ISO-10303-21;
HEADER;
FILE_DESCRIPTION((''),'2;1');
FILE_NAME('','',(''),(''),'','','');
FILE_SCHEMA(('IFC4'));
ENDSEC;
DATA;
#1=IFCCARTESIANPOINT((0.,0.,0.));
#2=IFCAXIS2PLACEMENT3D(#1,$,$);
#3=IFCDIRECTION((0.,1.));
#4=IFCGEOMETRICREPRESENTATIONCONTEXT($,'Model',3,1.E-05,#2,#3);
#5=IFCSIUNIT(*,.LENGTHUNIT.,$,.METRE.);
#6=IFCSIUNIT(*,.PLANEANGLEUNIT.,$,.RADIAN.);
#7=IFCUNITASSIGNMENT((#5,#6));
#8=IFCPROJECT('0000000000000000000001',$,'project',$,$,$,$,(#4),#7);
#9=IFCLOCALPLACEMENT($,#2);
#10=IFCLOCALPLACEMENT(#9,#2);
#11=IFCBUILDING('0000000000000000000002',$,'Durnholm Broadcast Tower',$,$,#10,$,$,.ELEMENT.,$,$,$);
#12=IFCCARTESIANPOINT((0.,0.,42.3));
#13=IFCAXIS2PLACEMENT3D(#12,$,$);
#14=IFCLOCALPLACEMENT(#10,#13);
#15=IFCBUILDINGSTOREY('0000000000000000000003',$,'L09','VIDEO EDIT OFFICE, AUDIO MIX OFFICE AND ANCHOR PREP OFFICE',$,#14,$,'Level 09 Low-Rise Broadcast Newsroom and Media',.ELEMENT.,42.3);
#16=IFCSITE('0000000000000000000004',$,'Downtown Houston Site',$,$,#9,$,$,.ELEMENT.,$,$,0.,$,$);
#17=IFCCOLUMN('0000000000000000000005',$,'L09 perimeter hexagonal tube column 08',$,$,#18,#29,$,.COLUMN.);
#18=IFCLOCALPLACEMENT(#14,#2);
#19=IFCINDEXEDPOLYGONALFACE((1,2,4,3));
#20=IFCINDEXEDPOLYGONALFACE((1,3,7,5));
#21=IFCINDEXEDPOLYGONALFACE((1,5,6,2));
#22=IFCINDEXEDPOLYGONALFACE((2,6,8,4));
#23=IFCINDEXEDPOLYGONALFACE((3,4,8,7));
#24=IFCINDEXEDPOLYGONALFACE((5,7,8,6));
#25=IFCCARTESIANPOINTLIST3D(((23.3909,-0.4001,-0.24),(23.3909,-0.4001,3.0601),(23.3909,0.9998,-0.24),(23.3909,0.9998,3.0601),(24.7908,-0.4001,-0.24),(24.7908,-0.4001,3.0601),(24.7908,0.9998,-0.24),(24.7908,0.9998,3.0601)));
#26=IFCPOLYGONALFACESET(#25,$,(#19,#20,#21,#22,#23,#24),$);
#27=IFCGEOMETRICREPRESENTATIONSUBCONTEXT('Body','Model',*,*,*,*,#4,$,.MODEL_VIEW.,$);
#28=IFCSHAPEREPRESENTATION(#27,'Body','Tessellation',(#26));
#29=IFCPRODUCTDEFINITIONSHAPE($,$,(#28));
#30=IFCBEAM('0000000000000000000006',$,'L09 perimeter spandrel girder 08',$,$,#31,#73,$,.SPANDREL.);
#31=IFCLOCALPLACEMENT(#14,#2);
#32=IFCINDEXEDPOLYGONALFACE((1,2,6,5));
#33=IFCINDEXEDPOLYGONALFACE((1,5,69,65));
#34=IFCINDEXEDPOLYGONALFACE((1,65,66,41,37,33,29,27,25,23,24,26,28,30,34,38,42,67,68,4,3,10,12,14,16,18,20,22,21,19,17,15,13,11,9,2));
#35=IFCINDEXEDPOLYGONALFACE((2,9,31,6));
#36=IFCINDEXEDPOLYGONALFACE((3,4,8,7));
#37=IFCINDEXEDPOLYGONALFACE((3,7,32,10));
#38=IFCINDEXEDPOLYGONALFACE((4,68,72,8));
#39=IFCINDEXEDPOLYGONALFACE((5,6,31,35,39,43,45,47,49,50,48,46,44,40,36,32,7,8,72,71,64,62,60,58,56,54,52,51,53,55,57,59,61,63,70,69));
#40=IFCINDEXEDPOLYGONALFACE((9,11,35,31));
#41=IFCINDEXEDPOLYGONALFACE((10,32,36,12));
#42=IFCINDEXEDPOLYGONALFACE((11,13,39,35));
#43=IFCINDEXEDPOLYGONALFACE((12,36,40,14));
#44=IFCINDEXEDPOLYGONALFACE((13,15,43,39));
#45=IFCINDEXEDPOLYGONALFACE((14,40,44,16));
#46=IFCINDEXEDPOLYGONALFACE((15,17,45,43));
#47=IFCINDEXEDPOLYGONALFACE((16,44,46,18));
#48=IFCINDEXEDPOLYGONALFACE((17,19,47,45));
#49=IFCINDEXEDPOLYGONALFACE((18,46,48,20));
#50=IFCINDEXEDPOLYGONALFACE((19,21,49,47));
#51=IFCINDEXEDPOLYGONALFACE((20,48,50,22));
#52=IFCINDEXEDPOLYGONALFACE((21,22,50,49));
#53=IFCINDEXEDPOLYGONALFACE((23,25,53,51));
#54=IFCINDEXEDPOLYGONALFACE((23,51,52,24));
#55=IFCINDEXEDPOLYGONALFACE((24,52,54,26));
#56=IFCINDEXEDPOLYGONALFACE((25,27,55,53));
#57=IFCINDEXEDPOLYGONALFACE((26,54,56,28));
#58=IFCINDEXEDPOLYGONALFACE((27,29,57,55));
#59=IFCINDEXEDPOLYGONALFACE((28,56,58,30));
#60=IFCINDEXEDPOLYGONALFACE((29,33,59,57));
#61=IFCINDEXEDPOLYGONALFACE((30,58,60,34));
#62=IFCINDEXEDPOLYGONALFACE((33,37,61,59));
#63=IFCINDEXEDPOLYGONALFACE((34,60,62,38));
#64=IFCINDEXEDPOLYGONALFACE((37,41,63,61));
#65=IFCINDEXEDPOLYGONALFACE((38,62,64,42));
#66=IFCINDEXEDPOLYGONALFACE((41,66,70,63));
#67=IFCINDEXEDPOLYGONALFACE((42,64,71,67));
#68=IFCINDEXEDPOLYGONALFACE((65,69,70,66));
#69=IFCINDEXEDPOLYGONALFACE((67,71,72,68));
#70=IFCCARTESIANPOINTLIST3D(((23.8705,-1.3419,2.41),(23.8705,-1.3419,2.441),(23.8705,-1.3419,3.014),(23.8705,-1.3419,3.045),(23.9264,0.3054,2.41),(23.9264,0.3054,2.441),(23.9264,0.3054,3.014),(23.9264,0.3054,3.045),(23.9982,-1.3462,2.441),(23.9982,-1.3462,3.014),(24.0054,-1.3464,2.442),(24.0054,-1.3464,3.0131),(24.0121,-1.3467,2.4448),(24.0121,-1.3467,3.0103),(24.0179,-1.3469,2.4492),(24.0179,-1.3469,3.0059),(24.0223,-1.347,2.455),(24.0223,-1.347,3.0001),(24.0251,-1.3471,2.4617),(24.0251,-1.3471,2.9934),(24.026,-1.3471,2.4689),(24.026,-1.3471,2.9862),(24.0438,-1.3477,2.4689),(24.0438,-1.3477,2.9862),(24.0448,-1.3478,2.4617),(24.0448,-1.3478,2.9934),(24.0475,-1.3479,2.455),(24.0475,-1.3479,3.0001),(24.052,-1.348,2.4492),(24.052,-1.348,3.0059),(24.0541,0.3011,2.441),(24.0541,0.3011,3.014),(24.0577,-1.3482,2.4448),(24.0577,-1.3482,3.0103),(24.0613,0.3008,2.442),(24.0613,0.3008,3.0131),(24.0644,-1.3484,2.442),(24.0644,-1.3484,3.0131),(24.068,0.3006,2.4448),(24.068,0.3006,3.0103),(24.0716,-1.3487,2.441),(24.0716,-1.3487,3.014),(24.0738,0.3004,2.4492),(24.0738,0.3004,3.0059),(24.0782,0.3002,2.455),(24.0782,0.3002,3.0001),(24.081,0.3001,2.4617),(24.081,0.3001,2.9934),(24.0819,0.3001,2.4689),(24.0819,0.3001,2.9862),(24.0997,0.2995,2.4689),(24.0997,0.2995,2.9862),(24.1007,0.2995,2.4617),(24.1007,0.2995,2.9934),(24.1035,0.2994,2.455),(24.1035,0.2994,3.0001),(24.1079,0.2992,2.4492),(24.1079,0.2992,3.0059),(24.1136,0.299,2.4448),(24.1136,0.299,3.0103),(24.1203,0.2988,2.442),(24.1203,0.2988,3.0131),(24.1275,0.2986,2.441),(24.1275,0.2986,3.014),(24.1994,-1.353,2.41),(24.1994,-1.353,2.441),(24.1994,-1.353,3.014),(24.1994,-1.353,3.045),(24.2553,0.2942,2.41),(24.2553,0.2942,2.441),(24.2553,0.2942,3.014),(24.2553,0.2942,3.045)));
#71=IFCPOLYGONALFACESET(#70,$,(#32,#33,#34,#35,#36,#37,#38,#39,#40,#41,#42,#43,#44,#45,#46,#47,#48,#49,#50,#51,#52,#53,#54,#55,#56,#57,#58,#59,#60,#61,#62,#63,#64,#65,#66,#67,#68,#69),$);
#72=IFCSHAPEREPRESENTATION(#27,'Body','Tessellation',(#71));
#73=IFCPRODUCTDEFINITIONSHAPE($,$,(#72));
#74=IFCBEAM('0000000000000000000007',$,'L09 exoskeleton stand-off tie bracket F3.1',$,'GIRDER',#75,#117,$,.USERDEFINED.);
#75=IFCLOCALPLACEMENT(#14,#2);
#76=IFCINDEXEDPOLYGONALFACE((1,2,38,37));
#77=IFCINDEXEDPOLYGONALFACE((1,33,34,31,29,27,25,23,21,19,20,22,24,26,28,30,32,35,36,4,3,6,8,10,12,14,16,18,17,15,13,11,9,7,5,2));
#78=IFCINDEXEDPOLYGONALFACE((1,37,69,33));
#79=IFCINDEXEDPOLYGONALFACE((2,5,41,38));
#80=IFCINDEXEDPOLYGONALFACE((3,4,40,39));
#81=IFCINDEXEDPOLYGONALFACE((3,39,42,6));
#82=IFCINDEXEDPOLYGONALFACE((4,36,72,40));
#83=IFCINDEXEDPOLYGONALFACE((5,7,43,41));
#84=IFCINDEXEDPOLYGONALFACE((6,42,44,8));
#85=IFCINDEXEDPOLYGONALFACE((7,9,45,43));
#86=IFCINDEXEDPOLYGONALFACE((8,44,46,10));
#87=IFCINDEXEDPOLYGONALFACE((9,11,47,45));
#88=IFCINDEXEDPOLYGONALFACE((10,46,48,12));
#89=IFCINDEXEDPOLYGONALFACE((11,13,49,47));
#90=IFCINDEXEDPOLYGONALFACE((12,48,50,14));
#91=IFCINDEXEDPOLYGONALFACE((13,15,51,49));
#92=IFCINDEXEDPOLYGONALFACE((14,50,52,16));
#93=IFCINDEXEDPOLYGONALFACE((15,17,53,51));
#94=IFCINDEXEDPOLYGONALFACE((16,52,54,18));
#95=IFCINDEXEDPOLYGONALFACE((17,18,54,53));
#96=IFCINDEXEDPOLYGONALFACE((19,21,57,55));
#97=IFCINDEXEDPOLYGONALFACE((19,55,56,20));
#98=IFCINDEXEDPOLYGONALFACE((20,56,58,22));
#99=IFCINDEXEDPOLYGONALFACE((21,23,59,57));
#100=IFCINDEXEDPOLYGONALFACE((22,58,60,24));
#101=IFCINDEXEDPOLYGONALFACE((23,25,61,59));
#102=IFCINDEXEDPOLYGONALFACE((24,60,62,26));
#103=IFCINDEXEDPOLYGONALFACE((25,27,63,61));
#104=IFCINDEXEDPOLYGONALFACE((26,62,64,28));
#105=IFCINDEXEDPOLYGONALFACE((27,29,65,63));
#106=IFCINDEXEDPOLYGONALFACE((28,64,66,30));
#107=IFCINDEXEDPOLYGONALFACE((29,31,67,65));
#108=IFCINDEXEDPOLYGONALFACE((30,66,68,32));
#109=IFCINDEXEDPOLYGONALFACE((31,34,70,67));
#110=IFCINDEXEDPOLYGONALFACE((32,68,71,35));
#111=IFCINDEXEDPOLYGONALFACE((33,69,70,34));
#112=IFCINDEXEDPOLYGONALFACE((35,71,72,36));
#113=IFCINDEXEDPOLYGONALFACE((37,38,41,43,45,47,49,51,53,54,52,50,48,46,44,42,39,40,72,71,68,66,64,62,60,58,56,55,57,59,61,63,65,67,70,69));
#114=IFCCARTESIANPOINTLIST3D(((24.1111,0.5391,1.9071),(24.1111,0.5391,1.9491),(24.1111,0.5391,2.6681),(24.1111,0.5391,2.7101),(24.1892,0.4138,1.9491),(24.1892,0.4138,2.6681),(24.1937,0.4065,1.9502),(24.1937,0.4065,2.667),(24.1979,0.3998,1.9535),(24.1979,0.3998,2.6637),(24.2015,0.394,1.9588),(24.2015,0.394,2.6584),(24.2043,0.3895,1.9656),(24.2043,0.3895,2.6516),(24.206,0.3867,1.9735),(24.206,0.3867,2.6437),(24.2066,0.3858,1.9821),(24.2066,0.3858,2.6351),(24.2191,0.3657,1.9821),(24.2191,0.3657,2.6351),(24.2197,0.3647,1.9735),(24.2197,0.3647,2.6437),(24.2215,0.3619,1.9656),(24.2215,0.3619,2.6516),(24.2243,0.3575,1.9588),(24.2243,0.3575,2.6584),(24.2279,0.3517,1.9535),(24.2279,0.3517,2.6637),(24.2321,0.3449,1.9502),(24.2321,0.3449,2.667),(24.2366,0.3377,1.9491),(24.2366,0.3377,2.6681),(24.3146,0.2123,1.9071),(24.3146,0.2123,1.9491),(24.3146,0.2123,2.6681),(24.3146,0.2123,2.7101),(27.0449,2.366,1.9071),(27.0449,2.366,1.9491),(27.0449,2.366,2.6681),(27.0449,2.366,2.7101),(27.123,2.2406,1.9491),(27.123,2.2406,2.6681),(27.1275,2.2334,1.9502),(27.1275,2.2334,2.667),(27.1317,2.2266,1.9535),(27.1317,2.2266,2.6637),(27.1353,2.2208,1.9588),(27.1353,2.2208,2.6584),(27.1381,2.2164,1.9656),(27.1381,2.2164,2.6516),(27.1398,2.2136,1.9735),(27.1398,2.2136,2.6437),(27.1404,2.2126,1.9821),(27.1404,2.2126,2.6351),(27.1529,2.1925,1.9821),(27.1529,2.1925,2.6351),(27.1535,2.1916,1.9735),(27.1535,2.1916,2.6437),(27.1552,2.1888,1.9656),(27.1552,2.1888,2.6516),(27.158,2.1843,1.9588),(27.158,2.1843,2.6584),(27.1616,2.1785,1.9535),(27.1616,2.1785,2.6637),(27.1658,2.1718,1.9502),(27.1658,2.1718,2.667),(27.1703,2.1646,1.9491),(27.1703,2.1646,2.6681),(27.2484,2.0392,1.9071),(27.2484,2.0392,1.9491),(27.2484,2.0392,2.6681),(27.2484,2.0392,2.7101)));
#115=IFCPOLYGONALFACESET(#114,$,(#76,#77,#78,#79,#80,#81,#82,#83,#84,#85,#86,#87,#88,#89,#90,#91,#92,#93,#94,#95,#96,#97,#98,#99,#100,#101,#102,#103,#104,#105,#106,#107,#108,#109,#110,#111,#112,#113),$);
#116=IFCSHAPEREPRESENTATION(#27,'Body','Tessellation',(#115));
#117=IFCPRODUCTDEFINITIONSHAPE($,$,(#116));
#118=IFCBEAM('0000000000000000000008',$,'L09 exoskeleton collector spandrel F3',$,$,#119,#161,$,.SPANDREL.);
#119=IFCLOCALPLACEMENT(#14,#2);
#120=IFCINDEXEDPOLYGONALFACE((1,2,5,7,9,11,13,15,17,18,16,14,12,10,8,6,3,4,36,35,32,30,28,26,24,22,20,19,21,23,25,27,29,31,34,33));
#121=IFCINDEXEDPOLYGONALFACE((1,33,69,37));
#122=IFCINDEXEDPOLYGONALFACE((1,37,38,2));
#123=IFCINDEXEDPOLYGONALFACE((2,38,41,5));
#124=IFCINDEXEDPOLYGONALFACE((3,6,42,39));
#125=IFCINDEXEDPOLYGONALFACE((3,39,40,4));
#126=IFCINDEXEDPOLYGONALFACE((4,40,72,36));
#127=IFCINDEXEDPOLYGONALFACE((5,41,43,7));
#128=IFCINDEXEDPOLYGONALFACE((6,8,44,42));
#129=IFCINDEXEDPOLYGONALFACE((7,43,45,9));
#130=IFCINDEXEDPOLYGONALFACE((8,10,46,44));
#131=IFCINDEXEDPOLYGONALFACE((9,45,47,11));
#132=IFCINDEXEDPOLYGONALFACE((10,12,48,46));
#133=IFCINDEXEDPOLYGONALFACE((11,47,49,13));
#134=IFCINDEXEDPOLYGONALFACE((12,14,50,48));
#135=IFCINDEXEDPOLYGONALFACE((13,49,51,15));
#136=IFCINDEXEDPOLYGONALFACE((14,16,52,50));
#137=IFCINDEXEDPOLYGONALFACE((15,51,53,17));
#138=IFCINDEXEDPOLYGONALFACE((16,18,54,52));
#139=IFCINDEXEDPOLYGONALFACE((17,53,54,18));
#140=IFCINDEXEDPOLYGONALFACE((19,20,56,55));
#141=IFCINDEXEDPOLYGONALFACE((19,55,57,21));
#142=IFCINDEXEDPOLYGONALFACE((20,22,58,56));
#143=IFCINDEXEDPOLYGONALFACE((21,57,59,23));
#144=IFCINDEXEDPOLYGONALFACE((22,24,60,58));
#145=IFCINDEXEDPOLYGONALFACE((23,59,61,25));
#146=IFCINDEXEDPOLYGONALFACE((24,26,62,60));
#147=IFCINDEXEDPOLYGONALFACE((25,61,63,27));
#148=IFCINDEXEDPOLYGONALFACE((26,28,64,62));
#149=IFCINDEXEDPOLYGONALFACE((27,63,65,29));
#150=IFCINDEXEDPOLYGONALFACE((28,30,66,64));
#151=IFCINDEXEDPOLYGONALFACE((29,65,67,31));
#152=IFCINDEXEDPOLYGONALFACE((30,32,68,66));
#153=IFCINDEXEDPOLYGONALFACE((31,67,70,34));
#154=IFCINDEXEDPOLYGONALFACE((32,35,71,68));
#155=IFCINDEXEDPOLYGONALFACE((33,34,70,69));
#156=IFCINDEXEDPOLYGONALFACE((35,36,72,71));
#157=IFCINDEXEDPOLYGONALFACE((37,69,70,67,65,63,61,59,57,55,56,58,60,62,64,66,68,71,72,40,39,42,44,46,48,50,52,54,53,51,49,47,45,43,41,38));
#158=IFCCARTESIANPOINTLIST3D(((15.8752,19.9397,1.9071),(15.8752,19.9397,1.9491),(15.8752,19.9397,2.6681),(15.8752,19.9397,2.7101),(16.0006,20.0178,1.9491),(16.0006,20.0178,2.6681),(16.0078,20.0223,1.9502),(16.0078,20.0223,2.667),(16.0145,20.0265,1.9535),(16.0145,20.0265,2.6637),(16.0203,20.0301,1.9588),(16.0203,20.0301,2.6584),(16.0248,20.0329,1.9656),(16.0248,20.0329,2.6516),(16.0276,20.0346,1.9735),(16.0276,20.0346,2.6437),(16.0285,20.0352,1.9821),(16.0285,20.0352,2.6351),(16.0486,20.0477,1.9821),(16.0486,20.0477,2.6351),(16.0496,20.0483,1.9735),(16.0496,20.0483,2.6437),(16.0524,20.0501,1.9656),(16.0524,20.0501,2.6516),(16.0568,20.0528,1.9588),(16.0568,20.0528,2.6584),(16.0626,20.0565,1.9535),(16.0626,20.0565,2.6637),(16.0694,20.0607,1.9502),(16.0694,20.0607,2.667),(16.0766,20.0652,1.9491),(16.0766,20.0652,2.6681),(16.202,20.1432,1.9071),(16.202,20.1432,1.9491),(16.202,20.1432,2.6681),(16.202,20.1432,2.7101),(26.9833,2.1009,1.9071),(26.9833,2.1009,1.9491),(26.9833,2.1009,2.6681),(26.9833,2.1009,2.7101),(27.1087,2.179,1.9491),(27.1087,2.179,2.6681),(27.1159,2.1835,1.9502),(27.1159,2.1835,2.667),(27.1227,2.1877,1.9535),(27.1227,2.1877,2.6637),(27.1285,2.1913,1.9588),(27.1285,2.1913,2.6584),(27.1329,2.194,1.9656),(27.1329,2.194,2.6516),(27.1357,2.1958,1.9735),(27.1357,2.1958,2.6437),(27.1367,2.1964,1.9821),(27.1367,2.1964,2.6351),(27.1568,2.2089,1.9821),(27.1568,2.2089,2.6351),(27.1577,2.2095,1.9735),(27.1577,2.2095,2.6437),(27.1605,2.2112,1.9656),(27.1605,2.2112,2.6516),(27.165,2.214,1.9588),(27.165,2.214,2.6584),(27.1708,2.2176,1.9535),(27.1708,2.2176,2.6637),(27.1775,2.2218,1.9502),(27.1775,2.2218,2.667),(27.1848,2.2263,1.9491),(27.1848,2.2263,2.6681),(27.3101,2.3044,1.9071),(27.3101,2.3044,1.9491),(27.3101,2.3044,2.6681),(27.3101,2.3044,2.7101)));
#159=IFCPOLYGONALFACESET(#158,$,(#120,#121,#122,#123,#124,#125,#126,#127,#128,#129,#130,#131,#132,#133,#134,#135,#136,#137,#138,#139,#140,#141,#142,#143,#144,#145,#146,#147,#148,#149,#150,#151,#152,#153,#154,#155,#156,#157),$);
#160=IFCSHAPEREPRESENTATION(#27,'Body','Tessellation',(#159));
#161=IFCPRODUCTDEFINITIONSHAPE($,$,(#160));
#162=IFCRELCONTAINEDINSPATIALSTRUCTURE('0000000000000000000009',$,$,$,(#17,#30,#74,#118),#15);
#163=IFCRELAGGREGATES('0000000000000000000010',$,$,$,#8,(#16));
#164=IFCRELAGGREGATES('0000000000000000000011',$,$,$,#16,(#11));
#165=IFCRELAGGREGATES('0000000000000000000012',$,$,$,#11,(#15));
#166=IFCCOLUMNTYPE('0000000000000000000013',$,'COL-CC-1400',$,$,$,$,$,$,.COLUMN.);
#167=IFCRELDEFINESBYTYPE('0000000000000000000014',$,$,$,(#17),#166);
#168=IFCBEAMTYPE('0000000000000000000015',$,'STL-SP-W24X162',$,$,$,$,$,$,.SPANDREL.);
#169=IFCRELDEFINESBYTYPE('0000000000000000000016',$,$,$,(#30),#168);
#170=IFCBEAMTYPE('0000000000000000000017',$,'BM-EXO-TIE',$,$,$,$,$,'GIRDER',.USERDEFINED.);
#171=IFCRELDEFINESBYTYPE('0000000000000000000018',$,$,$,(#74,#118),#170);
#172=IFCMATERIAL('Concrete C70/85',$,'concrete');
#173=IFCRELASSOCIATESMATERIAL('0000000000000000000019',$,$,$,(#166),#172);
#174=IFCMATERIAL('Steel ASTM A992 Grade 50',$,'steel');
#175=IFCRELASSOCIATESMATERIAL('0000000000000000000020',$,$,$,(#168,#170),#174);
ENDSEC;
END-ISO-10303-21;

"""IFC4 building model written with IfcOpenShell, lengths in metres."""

from ifc_helpers import new_model, si_unit, direction, frame, origin, origin_2d, place, context, subcontext, project, spatial, rectangle, i_section, extrude, source, transform, mapped, material, material_profile, profile_set, type_object, type_shapes, element, save


model = new_model("IFC4")

# Units and contexts
model_context = context("Model", 3, precision=1e-05, world=origin(), true_north=direction((0.0, 1.0)))
body_context = subcontext(model_context, "Body", "Model", "MODEL_VIEW")
ifc_project = project(units=[si_unit("LENGTHUNIT", "METRE"), si_unit("PLANEANGLEUNIT", "RADIAN")], contexts=[model_context])

# Site, building, storey
site_placement = place(None, origin())
site = spatial("IfcSite", under=ifc_project, at=site_placement, Name="Downtown Houston Site", CompositionType="ELEMENT", RefElevation=0.0)
building_placement = place(site_placement, origin())
building = spatial("IfcBuilding", under=site, at=building_placement, Name="Durnholm Broadcast Tower", CompositionType="ELEMENT")
storey_placement = place(building_placement, frame((0.0, 0.0, 42.3)))
storey = spatial("IfcBuildingStorey", under=building, at=storey_placement, Name="L09", Description="VIDEO EDIT OFFICE, AUDIO MIX OFFICE AND ANCHOR PREP OFFICE", LongName="Level 09 Low-Rise Broadcast Newsroom and Media", CompositionType="ELEMENT", Elevation=42.3)

# Column
ifc_material_1 = material(Name="Concrete C70/85", Category="concrete")
ifc_material_profile_1 = material_profile(ifc_material_1, rectangle(XDim=1.3999, YDim=1.3999, at=origin_2d()), Name="RC1400X1400")
ifc_profile_set_1 = profile_set([ifc_material_profile_1], Name="Concrete C70/85")
column_type = type_object("IfcColumnType", Name="COL-CC-1400", PredefinedType="COLUMN", material=ifc_profile_set_1)
shared_shape_1 = source(origin(), body_context, "Body", "SweptSolid", [
    extrude(rectangle(XDim=1.3999, YDim=1.3999, at=origin_2d()), origin(), (0.0, 0.0, 1.0), 3.3),
])
type_shapes(column_type, [shared_shape_1])
column_placement = place(storey_placement, frame((24.0908, 0.2998, -0.24), z_axis=(0.0, 0.0, 1.0), x_axis=(1.0, 0.0, 0.0)))
element("IfcColumn", 1, at=column_placement, inside=storey, type_object=column_type, Name="L09 perimeter hexagonal tube column 08", PredefinedType="COLUMN", context=body_context, shape_type="MappedRepresentation", body=[
    mapped(shared_shape_1, transform((0.0, 0.0, 0.0), x_axis=(1.0, 0.0, 0.0), y_axis=(0.0, 1.0, 0.0), z_axis=(0.0, 0.0, 1.0), scale=1.0)),
])

# Beams
ifc_material_2 = material(Name="Steel ASTM A992 Grade 50", Category="steel")
ifc_material_profile_2 = material_profile(ifc_material_2, i_section(OverallWidth=0.3291, OverallDepth=0.635, WebThickness=0.0178, FlangeThickness=0.031, FilletRadius=0.0278, at=origin_2d()), Name="W24X162")
ifc_profile_set_2 = profile_set([ifc_material_profile_2], Name="Steel ASTM A992 Grade 50")
beam_type_1 = type_object("IfcBeamType", Name="STL-SP-W24X162", PredefinedType="SPANDREL", material=ifc_profile_set_2)
shared_shape_2 = source(origin(), body_context, "Body", "SweptSolid", [
    extrude(i_section(OverallWidth=0.3291, OverallDepth=0.635, WebThickness=0.0178, FlangeThickness=0.031, FilletRadius=0.0278, at=origin_2d()), origin(), (0.0, 0.0, 1.0), 1.6482),
])
type_shapes(beam_type_1, [shared_shape_2])
beam_1_placement = place(storey_placement, frame((24.0908, 0.2998, 2.7275), z_axis=(-0.033921, -0.999425, 0.0), x_axis=(0.999425, -0.033921, 0.0)))
element("IfcBeam", 2, at=beam_1_placement, inside=storey, type_object=beam_type_1, Name="L09 perimeter spandrel girder 08", PredefinedType="SPANDREL", context=body_context, shape_type="MappedRepresentation", body=[
    mapped(shared_shape_2, transform((0.0, 0.0, 0.0), x_axis=(1.0, 0.0, 0.0), y_axis=(0.0, 1.0, 0.0), z_axis=(0.0, 0.0, 1.0), scale=1.0)),
])
ifc_material_profile_3 = material_profile(ifc_material_2, i_section(OverallWidth=0.385, OverallDepth=0.803, WebThickness=0.0237, FlangeThickness=0.042, FilletRadius=0.033, at=origin_2d()), Name="W30X261")
ifc_profile_set_3 = profile_set([ifc_material_profile_3], Name="Steel ASTM A992 Grade 50")
beam_type_2 = type_object("IfcBeamType", Name="BM-EXO-TIE", ElementType="GIRDER", PredefinedType="USERDEFINED", material=ifc_profile_set_3)
shared_shape_3 = source(origin(), body_context, "Body", "SweptSolid", [
    extrude(i_section(OverallWidth=0.385, OverallDepth=0.803, WebThickness=0.0237, FlangeThickness=0.042, FilletRadius=0.033, at=origin_2d()), origin(), (0.0, 0.0, 1.0), 3.4561),
])
beam_2_placement = place(storey_placement, frame((24.2129, 0.3757, 2.3086), z_axis=(0.848874, 0.528595, 0.0), x_axis=(-0.528595, 0.848874, 0.0)))
element("IfcBeam", 3, at=beam_2_placement, inside=storey, type_object=beam_type_2, Name="L09 exoskeleton stand-off tie bracket F3.1", ObjectType="GIRDER", PredefinedType="USERDEFINED", context=body_context, shape_type="MappedRepresentation", body=[
    mapped(shared_shape_3, transform((0.0, 0.0, 0.0), x_axis=(1.0, 0.0, 0.0), y_axis=(0.0, 1.0, 0.0), z_axis=(0.0, 0.0, 1.0), scale=1.0)),
])
shared_shape_4 = source(origin(), body_context, "Body", "SweptSolid", [
    extrude(i_section(OverallWidth=0.385, OverallDepth=0.803, WebThickness=0.0237, FlangeThickness=0.042, FilletRadius=0.033, at=origin_2d()), origin(), (0.0, 0.0, 1.0), 21.0146),
])
type_shapes(beam_type_2, [shared_shape_3, shared_shape_4])
beam_3_placement = place(storey_placement, frame((27.1467, 2.2026, 2.3086), z_axis=(-0.528591, 0.848877, 0.0), x_axis=(-0.848877, -0.528591, 0.0)))
element("IfcBeam", 4, at=beam_3_placement, inside=storey, type_object=beam_type_2, Name="L09 exoskeleton collector spandrel F3", PredefinedType="SPANDREL", context=body_context, shape_type="MappedRepresentation", body=[
    mapped(shared_shape_4, transform((0.0, 0.0, 0.0), x_axis=(1.0, 0.0, 0.0), y_axis=(0.0, 1.0, 0.0), z_axis=(0.0, 0.0, 1.0), scale=1.0)),
])

save(model, "model.ifc")
